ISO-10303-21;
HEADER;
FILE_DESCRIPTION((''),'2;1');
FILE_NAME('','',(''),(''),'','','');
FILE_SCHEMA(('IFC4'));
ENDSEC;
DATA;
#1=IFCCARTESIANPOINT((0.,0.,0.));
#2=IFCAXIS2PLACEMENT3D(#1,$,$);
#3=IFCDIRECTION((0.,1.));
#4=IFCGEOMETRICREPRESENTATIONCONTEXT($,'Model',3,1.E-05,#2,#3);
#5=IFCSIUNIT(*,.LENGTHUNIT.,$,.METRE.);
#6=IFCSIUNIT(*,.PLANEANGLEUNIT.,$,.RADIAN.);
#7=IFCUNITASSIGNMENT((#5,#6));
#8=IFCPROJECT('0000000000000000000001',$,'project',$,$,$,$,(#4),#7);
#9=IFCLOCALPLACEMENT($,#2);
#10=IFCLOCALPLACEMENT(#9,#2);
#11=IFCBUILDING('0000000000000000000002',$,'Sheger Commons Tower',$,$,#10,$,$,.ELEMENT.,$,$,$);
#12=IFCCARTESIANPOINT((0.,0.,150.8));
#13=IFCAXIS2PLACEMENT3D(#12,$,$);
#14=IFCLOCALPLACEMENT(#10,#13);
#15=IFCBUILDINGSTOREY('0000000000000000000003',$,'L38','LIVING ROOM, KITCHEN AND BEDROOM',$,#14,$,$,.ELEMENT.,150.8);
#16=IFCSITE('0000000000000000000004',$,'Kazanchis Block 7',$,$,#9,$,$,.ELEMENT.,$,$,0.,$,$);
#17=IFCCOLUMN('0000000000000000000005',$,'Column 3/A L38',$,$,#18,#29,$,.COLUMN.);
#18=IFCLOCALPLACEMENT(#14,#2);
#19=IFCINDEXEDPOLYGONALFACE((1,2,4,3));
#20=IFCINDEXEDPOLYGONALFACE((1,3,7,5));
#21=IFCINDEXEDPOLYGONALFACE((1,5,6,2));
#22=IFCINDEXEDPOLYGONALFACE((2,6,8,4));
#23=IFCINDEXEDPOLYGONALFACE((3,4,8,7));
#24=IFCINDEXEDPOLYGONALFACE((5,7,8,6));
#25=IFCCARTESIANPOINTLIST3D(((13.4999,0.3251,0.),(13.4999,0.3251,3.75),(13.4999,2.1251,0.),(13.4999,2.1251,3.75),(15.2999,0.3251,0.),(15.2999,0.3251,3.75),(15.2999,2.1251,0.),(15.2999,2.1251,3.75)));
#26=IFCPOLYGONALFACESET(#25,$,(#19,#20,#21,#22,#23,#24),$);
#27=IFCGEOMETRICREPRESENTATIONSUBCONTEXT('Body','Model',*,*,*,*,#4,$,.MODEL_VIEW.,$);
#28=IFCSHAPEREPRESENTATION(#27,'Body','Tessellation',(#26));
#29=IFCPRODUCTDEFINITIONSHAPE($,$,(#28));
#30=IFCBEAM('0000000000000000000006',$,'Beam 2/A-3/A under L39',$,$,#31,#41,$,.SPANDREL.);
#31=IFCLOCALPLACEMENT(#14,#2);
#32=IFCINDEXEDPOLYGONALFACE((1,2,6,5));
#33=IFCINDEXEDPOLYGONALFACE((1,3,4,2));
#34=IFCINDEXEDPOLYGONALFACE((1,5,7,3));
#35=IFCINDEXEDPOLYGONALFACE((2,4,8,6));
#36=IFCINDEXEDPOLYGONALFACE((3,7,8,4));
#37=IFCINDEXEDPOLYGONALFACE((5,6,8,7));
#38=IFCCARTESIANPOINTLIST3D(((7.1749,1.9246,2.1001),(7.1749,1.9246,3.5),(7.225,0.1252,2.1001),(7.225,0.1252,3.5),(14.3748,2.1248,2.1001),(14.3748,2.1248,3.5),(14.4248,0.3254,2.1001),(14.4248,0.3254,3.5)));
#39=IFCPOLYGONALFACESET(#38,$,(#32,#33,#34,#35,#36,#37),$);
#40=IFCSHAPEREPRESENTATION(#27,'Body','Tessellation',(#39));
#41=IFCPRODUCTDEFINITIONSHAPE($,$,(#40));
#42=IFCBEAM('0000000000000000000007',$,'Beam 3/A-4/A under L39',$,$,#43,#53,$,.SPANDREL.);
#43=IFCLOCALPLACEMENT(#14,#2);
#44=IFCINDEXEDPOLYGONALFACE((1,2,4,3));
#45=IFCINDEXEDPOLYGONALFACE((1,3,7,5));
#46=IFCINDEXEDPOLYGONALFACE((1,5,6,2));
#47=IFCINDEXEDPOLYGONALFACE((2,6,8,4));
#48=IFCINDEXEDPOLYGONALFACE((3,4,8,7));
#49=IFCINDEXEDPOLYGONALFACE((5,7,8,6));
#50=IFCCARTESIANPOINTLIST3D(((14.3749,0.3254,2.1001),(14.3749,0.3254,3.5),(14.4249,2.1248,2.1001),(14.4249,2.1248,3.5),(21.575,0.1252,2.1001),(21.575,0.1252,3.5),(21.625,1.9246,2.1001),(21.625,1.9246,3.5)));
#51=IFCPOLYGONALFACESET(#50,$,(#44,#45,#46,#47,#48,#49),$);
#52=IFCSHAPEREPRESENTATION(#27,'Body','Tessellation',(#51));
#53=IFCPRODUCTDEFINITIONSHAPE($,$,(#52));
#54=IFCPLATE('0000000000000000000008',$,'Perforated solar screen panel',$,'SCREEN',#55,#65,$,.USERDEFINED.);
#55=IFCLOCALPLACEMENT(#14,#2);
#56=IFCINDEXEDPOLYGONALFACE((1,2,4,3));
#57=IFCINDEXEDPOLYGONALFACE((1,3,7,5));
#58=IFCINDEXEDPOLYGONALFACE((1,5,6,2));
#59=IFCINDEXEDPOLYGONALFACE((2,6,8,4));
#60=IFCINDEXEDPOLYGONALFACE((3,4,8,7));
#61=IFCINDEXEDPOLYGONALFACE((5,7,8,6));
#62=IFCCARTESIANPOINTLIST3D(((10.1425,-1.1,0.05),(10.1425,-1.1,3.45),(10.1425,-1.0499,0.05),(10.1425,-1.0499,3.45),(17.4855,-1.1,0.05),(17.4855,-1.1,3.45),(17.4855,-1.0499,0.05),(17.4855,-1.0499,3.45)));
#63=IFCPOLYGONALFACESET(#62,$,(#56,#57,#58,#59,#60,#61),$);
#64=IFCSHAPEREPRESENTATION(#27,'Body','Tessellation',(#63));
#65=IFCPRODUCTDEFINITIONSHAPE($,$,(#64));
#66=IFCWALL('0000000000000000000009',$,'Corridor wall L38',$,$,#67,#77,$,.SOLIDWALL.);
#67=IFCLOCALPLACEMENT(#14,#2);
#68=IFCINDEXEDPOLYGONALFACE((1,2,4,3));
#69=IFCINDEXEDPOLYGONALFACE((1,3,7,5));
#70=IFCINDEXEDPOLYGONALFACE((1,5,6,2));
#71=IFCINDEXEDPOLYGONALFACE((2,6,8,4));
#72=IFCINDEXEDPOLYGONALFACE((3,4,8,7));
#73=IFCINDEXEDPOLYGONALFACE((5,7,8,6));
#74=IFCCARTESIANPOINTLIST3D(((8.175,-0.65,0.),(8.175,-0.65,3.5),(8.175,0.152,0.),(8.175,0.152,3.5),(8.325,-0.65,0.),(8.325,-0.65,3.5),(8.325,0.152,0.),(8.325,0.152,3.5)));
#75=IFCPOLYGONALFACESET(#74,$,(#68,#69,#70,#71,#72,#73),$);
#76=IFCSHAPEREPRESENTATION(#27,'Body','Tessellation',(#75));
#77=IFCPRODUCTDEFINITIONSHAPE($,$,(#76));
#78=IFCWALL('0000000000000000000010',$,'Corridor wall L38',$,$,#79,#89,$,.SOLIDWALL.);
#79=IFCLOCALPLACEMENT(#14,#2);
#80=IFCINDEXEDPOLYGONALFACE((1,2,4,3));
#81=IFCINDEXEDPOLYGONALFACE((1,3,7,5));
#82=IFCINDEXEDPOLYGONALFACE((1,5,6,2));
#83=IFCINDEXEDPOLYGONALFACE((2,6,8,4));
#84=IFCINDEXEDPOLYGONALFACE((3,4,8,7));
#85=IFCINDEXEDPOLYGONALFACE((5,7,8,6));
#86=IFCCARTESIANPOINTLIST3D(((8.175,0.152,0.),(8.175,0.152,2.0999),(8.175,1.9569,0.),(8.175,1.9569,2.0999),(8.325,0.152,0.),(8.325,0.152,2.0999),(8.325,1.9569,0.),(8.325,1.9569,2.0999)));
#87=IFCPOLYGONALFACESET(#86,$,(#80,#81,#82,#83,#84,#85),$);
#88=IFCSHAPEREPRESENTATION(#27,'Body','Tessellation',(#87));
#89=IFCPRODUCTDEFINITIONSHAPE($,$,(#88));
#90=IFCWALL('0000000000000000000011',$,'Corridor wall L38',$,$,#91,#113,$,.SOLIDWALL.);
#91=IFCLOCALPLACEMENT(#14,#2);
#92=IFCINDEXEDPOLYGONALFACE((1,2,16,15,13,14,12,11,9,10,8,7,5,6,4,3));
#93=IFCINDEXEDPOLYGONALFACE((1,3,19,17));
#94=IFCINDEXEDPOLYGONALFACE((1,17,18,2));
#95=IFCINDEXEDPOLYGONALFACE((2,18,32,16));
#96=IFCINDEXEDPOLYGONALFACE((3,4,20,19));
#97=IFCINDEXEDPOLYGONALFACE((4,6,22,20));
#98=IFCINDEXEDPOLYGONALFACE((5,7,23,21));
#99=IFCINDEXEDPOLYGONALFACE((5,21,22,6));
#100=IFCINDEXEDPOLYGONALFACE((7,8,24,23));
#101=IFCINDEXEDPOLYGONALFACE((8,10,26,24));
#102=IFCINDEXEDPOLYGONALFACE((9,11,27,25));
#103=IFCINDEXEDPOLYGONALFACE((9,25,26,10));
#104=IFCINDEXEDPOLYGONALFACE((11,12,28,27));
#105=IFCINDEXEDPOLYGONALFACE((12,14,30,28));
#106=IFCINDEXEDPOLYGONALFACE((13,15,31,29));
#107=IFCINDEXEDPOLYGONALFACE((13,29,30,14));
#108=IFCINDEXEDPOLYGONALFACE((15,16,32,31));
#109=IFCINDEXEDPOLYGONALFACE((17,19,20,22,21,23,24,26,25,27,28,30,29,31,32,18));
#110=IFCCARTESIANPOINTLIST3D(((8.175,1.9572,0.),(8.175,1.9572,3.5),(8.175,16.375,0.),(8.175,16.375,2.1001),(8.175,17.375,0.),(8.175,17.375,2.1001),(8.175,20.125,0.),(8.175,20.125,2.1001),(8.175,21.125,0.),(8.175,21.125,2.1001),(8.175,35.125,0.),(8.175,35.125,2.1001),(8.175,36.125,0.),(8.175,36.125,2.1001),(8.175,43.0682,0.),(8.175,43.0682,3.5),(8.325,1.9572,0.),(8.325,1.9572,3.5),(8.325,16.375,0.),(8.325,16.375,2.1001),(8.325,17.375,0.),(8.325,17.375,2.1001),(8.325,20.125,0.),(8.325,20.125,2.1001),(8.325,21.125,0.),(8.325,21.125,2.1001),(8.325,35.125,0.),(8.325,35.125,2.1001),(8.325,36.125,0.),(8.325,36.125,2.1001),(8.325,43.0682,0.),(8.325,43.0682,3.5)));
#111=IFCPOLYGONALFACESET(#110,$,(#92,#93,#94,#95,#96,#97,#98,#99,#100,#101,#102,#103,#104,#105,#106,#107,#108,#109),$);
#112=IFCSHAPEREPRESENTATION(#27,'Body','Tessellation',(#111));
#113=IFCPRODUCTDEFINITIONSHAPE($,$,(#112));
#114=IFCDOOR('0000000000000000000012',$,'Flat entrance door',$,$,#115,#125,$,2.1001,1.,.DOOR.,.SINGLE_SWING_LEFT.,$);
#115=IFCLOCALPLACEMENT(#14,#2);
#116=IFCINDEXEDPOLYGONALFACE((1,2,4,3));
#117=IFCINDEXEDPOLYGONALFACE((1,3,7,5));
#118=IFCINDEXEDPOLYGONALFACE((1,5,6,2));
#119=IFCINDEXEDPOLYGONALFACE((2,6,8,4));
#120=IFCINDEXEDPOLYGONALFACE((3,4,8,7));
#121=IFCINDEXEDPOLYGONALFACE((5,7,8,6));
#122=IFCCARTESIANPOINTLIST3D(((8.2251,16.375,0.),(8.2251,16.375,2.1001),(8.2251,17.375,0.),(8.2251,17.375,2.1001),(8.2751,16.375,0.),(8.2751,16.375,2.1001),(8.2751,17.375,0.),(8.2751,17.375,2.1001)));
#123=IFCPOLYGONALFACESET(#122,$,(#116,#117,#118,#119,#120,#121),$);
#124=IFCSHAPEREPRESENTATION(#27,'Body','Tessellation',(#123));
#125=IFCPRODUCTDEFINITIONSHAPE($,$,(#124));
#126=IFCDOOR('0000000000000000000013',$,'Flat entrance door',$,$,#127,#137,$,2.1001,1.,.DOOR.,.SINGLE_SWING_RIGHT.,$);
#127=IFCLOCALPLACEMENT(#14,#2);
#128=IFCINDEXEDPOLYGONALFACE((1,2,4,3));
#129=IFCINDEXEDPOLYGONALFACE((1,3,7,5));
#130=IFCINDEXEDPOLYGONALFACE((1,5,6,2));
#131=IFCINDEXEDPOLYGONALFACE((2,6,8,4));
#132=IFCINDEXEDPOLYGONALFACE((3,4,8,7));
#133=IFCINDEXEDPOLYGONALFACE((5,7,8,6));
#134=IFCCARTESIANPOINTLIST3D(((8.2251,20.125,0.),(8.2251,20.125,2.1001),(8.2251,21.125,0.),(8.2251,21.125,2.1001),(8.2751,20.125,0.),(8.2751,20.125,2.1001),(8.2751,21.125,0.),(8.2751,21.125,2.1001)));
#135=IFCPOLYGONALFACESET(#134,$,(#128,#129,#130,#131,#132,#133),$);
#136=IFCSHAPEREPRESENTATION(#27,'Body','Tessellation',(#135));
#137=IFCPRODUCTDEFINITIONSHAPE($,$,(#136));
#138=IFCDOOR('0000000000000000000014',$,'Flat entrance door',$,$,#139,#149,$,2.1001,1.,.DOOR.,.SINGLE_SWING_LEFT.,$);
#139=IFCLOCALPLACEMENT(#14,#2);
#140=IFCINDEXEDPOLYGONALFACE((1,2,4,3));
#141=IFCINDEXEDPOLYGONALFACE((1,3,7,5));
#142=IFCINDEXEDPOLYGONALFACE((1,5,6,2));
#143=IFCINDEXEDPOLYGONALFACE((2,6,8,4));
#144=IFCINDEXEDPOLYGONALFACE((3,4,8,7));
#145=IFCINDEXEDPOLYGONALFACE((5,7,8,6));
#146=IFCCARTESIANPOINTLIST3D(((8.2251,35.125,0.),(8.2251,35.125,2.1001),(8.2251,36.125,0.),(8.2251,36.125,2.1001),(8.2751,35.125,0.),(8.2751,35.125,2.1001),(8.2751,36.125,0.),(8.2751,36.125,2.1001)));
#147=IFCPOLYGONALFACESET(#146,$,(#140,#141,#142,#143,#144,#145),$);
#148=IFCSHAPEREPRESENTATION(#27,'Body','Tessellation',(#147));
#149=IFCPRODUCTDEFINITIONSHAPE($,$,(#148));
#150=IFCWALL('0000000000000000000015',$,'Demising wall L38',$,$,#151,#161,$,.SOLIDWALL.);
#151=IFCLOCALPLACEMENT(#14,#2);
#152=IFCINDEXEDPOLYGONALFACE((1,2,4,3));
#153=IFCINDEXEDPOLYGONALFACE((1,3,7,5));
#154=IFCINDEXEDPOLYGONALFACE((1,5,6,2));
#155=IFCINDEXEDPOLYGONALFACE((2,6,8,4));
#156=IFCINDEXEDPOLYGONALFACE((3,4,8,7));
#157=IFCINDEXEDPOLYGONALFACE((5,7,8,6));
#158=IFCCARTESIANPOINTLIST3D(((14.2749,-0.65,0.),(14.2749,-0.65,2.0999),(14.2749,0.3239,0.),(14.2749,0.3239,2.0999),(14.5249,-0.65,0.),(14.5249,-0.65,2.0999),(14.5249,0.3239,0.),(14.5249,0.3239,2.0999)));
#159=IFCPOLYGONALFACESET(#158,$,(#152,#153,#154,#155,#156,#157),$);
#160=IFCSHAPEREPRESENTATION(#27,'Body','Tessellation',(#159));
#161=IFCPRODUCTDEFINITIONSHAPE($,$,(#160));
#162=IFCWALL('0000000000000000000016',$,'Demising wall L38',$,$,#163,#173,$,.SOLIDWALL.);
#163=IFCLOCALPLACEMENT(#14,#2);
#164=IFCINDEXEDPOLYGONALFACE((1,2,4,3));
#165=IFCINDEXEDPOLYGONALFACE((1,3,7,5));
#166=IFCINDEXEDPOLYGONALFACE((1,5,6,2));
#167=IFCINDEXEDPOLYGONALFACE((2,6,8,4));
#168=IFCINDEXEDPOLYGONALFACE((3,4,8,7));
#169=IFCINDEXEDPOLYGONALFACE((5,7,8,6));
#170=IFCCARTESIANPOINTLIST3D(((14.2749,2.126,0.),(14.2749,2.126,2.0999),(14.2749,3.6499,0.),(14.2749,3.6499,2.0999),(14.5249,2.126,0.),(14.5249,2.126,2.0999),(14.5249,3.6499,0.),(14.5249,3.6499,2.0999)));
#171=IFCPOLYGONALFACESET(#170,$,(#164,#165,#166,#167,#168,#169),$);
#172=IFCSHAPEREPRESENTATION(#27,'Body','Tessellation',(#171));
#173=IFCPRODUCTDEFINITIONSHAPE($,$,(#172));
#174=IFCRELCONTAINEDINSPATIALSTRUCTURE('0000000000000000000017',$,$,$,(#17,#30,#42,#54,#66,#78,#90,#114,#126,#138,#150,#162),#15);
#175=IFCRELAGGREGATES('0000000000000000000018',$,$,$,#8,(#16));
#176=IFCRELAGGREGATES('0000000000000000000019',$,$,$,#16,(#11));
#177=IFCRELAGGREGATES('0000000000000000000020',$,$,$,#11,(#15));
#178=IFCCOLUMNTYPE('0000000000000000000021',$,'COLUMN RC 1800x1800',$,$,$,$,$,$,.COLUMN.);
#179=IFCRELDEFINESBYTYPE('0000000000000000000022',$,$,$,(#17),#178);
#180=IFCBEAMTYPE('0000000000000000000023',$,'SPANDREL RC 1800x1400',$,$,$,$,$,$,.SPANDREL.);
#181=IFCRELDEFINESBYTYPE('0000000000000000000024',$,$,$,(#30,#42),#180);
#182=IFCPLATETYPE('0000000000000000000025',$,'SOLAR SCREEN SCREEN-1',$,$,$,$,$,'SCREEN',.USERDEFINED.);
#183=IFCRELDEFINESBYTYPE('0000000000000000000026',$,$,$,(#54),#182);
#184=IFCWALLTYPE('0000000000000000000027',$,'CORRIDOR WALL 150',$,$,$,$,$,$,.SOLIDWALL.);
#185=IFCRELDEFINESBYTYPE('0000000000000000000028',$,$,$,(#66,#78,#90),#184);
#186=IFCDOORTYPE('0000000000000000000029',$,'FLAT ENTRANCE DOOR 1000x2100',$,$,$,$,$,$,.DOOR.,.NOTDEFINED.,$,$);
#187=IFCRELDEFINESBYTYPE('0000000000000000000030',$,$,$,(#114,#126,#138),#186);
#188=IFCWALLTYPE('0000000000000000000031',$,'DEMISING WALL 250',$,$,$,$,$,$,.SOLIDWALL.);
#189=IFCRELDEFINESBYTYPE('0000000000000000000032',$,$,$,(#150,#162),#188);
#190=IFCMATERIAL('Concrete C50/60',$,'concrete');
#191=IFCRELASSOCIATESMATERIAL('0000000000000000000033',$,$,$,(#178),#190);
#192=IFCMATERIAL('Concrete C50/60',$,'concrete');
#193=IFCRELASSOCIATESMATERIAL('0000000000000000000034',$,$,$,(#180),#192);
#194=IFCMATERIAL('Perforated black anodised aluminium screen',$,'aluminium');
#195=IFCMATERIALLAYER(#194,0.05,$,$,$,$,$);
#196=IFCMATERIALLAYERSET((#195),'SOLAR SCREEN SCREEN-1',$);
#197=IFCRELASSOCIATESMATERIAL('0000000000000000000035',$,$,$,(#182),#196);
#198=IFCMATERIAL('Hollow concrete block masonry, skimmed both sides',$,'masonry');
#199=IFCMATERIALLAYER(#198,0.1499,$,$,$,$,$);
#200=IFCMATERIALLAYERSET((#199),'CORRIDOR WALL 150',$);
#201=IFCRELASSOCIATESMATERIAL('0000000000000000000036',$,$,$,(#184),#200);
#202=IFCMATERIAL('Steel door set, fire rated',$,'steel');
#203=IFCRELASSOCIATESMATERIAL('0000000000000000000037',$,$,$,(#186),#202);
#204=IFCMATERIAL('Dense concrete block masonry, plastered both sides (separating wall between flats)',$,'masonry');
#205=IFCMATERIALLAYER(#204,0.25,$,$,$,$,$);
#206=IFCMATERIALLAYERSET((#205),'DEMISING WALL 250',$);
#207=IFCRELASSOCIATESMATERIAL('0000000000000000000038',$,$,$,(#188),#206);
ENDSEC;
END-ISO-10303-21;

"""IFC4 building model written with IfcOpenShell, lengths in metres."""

from ifc_helpers import new_model, si_unit, direction, frame, frame_2d, origin, origin_2d, place, context, subcontext, project, spatial, rectangle, extrude, material, layer, layer_set, material_profile, profile_set, type_object, element, fill, save


model = new_model("IFC4")

# Units and contexts
model_context = context("Model", 3, precision=1e-05, world=origin(), true_north=direction((0.0, 1.0)))
body_context = subcontext(model_context, "Body", "Model", "MODEL_VIEW")
ifc_project = project(units=[si_unit("LENGTHUNIT", "METRE"), si_unit("PLANEANGLEUNIT", "RADIAN")], contexts=[model_context])

# Site, building, storey
site_placement = place(None, origin())
site = spatial("IfcSite", under=ifc_project, at=site_placement, Name="Kazanchis Block 7", CompositionType="ELEMENT", RefElevation=0.0)
building_placement = place(site_placement, origin())
building = spatial("IfcBuilding", under=site, at=building_placement, Name="Sheger Commons Tower", CompositionType="ELEMENT")
storey_placement = place(building_placement, frame((0.0, 0.0, 150.8)))
storey = spatial("IfcBuildingStorey", under=building, at=storey_placement, Name="L38", Description="LIVING ROOM, KITCHEN AND BEDROOM", CompositionType="ELEMENT", Elevation=150.8)

# Column
ifc_material_1 = material(Name="Concrete C50/60", Category="concrete")
ifc_material_profile_1 = material_profile(ifc_material_1, rectangle(XDim=1.8, YDim=1.8, at=origin_2d()), Name="RC 1800x1800")
ifc_profile_set_1 = profile_set([ifc_material_profile_1], Name="Concrete C50/60")
column_type = type_object("IfcColumnType", Name="COLUMN RC 1800x1800", PredefinedType="COLUMN", material=ifc_profile_set_1)
column_placement = place(storey_placement, frame((14.3999, 1.2251, 0.0), z_axis=(0.0, 0.0, 1.0), x_axis=(1.0, 0.0, 0.0)))
element("IfcColumn", 1, at=column_placement, inside=storey, type_object=column_type, Name="Column 3/A L38", PredefinedType="COLUMN", context=body_context, shape_type="SweptSolid", body=[
    extrude(rectangle(XDim=1.8, YDim=1.8, at=origin_2d()), origin(), (0.0, 0.0, 1.0), 3.75),
])

# Beams
ifc_material_2 = material(Name="Concrete C50/60", Category="concrete")
ifc_material_profile_2 = material_profile(ifc_material_2, rectangle(XDim=1.8, YDim=1.3999, at=origin_2d()), Name="RC 1800x1400")
ifc_profile_set_2 = profile_set([ifc_material_profile_2], Name="Concrete C50/60")
beam_type = type_object("IfcBeamType", Name="SPANDREL RC 1800x1400", PredefinedType="SPANDREL", material=ifc_profile_set_2)
beam_1_placement = place(storey_placement, frame((7.2, 1.0249, 2.8), z_axis=(0.999614, 0.027794, 0.0), x_axis=(-0.027794, 0.999614, 0.0)))
element("IfcBeam", 2, at=beam_1_placement, inside=storey, type_object=beam_type, Name="Beam 2/A-3/A under L39", PredefinedType="SPANDREL", context=body_context, shape_type="SweptSolid", body=[
    extrude(rectangle(XDim=1.8, YDim=1.3999, at=origin_2d()), origin(), (0.0, 0.0, 1.0), 7.2026),
])
beam_2_placement = place(storey_placement, frame((14.3999, 1.2251, 2.8), z_axis=(0.999614, -0.027793, 0.0), x_axis=(0.027793, 0.999614, 0.0)))
element("IfcBeam", 3, at=beam_2_placement, inside=storey, type_object=beam_type, Name="Beam 3/A-4/A under L39", PredefinedType="SPANDREL", context=body_context, shape_type="SweptSolid", body=[
    extrude(rectangle(XDim=1.8, YDim=1.3999, at=origin_2d()), origin(), (0.0, 0.0, 1.0), 7.2029),
])

# Plate
ifc_material_3 = material(Name="Perforated black anodised aluminium screen", Category="aluminium")
ifc_layer_1 = layer(ifc_material_3, 0.05)
ifc_layer_set_1 = layer_set([ifc_layer_1], Name="SOLAR SCREEN SCREEN-1")
plate_type = type_object("IfcPlateType", Name="SOLAR SCREEN SCREEN-1", ElementType="SCREEN", PredefinedType="USERDEFINED", material=ifc_layer_set_1)
plate_placement = place(storey_placement, frame((13.814, -1.075, 0.05), z_axis=(0.0, 0.0, 1.0), x_axis=(1.0, 0.0, 0.0)))
element("IfcPlate", 4, at=plate_placement, inside=storey, type_object=plate_type, Name="Perforated solar screen panel", ObjectType="SCREEN", PredefinedType="USERDEFINED", context=body_context, shape_type="SweptSolid", body=[
    extrude(rectangle(XDim=7.343, YDim=0.05, at=origin_2d()), origin(), (0.0, 0.0, 1.0), 3.3999),
])

# Walls
ifc_material_4 = material(Name="Hollow concrete block masonry, skimmed both sides", Category="masonry")
ifc_layer_2 = layer(ifc_material_4, 0.1499)
ifc_layer_set_2 = layer_set([ifc_layer_2], Name="CORRIDOR WALL 150")
wall_type_1 = type_object("IfcWallType", Name="CORRIDOR WALL 150", PredefinedType="SOLIDWALL", material=ifc_layer_set_2)
wall_1_placement = place(storey_placement, frame((8.25, -0.6499, 0.0), z_axis=(0.0, 0.0, 1.0), x_axis=(0.0, 1.0, 0.0)))
element("IfcWall", 5, at=wall_1_placement, inside=storey, type_object=wall_type_1, Name="Corridor wall L38", PredefinedType="SOLIDWALL", context=body_context, shape_type="SweptSolid", body=[
    extrude(rectangle(XDim=0.802, YDim=0.1499, at=frame_2d((0.4009, 0.0))), origin(), (0.0, 0.0, 1.0), 3.5),
])
wall_2_placement = place(storey_placement, frame((8.25, 0.1521, 0.0), z_axis=(0.0, 0.0, 1.0), x_axis=(0.0, 1.0, 0.0)))
element("IfcWall", 6, at=wall_2_placement, inside=storey, type_object=wall_type_1, Name="Corridor wall L38", PredefinedType="SOLIDWALL", context=body_context, shape_type="SweptSolid", body=[
    extrude(rectangle(XDim=1.8049, YDim=0.1499, at=frame_2d((0.9023, 0.0))), origin(), (0.0, 0.0, 1.0), 2.0999),
])

# Wall, openings, doors
wall_3_placement = place(storey_placement, frame((8.25, 1.957, 0.0), z_axis=(0.0, 0.0, 1.0), x_axis=(0.0, 1.0, 0.0)))
wall_3 = element("IfcWall", 7, at=wall_3_placement, inside=storey, type_object=wall_type_1, Name="Corridor wall L38", PredefinedType="SOLIDWALL", context=body_context, shape_type="SweptSolid", body=[
    extrude(rectangle(XDim=41.1111, YDim=0.1499, at=frame_2d((20.5557, 0.0))), origin(), (0.0, 0.0, 1.0), 3.5),
])
opening_1_placement = place(wall_3_placement, frame((14.418, 0.0, 0.0)))
opening_1 = element("IfcOpeningElement", 8, at=opening_1_placement, cuts=wall_3, PredefinedType="OPENING", context=body_context, shape_type="SweptSolid", body=[
    extrude(rectangle(XDim=1.0, YDim=2.1001, at=frame_2d((0.5, 1.05))), frame((0.0, 0.085, 0.0), z_axis=(0.0, -1.0, 0.0), x_axis=(1.0, 0.0, 0.0)), (0.0, 0.0, 1.0), 0.1699),
])
opening_2_placement = place(wall_3_placement, frame((18.168, 0.0, 0.0)))
opening_2 = element("IfcOpeningElement", 9, at=opening_2_placement, cuts=wall_3, PredefinedType="OPENING", context=body_context, shape_type="SweptSolid", body=[
    extrude(rectangle(XDim=1.0, YDim=2.1001, at=frame_2d((0.5, 1.05))), frame((0.0, 0.085, 0.0), z_axis=(0.0, -1.0, 0.0), x_axis=(1.0, 0.0, 0.0)), (0.0, 0.0, 1.0), 0.1699),
])
opening_3_placement = place(wall_3_placement, frame((33.168, 0.0, 0.0)))
opening_3 = element("IfcOpeningElement", 10, at=opening_3_placement, cuts=wall_3, PredefinedType="OPENING", context=body_context, shape_type="SweptSolid", body=[
    extrude(rectangle(XDim=1.0, YDim=2.1001, at=frame_2d((0.5, 1.05))), frame((0.0, 0.085, 0.0), z_axis=(0.0, -1.0, 0.0), x_axis=(1.0, 0.0, 0.0)), (0.0, 0.0, 1.0), 0.1699),
])
ifc_material_5 = material(Name="Steel door set, fire rated", Category="steel")
door_type = type_object("IfcDoorType", Name="FLAT ENTRANCE DOOR 1000x2100", OperationType="NOTDEFINED", PredefinedType="DOOR", material=ifc_material_5)
door_1_placement = place(opening_1_placement, origin())
door_1 = element("IfcDoor", 11, at=door_1_placement, inside=storey, type_object=door_type, Name="Flat entrance door", OperationType="SINGLE_SWING_LEFT", OverallHeight=2.1001, OverallWidth=1.0, PredefinedType="DOOR", context=body_context, shape_type="SweptSolid", body=[
    extrude(rectangle(XDim=1.0, YDim=2.1001, at=frame_2d((0.5, 1.05))), frame((0.0, 0.0249, 0.0), z_axis=(0.0, -1.0, 0.0), x_axis=(1.0, 0.0, 0.0)), (0.0, 0.0, 1.0), 0.05),
])
fill(opening_1, door_1)
door_2_placement = place(opening_2_placement, origin())
door_2 = element("IfcDoor", 12, at=door_2_placement, inside=storey, type_object=door_type, Name="Flat entrance door", OperationType="SINGLE_SWING_RIGHT", OverallHeight=2.1001, OverallWidth=1.0, PredefinedType="DOOR", context=body_context, shape_type="SweptSolid", body=[
    extrude(rectangle(XDim=1.0, YDim=2.1001, at=frame_2d((0.5, 1.05))), frame((0.0, 0.0249, 0.0), z_axis=(0.0, -1.0, 0.0), x_axis=(1.0, 0.0, 0.0)), (0.0, 0.0, 1.0), 0.05),
])
fill(opening_2, door_2)
door_3_placement = place(opening_3_placement, origin())
door_3 = element("IfcDoor", 13, at=door_3_placement, inside=storey, type_object=door_type, Name="Flat entrance door", OperationType="SINGLE_SWING_LEFT", OverallHeight=2.1001, OverallWidth=1.0, PredefinedType="DOOR", context=body_context, shape_type="SweptSolid", body=[
    extrude(rectangle(XDim=1.0, YDim=2.1001, at=frame_2d((0.5, 1.05))), frame((0.0, 0.0249, 0.0), z_axis=(0.0, -1.0, 0.0), x_axis=(1.0, 0.0, 0.0)), (0.0, 0.0, 1.0), 0.05),
])
fill(opening_3, door_3)

# Walls
ifc_material_6 = material(Name="Dense concrete block masonry, plastered both sides (separating wall between flats)", Category="masonry")
ifc_layer_3 = layer(ifc_material_6, 0.25)
ifc_layer_set_3 = layer_set([ifc_layer_3], Name="DEMISING WALL 250")
wall_type_2 = type_object("IfcWallType", Name="DEMISING WALL 250", PredefinedType="SOLIDWALL", material=ifc_layer_set_3)
wall_4_placement = place(storey_placement, frame((14.3999, -0.6499, 0.0), z_axis=(0.0, 0.0, 1.0), x_axis=(0.0, 1.0, 0.0)))
element("IfcWall", 14, at=wall_4_placement, inside=storey, type_object=wall_type_2, Name="Demising wall L38", PredefinedType="SOLIDWALL", context=body_context, shape_type="SweptSolid", body=[
    extrude(rectangle(XDim=0.9739, YDim=0.25, at=frame_2d((0.4868, 0.0))), origin(), (0.0, 0.0, 1.0), 2.0999),
])
wall_5_placement = place(storey_placement, frame((14.3999, 2.126, 0.0), z_axis=(0.0, 0.0, 1.0), x_axis=(0.0, 1.0, 0.0)))
element("IfcWall", 15, at=wall_5_placement, inside=storey, type_object=wall_type_2, Name="Demising wall L38", PredefinedType="SOLIDWALL", context=body_context, shape_type="SweptSolid", body=[
    extrude(rectangle(XDim=1.5239, YDim=0.25, at=frame_2d((0.762, 0.0))), origin(), (0.0, 0.0, 1.0), 2.0999),
])

save(model, "model.ifc")
